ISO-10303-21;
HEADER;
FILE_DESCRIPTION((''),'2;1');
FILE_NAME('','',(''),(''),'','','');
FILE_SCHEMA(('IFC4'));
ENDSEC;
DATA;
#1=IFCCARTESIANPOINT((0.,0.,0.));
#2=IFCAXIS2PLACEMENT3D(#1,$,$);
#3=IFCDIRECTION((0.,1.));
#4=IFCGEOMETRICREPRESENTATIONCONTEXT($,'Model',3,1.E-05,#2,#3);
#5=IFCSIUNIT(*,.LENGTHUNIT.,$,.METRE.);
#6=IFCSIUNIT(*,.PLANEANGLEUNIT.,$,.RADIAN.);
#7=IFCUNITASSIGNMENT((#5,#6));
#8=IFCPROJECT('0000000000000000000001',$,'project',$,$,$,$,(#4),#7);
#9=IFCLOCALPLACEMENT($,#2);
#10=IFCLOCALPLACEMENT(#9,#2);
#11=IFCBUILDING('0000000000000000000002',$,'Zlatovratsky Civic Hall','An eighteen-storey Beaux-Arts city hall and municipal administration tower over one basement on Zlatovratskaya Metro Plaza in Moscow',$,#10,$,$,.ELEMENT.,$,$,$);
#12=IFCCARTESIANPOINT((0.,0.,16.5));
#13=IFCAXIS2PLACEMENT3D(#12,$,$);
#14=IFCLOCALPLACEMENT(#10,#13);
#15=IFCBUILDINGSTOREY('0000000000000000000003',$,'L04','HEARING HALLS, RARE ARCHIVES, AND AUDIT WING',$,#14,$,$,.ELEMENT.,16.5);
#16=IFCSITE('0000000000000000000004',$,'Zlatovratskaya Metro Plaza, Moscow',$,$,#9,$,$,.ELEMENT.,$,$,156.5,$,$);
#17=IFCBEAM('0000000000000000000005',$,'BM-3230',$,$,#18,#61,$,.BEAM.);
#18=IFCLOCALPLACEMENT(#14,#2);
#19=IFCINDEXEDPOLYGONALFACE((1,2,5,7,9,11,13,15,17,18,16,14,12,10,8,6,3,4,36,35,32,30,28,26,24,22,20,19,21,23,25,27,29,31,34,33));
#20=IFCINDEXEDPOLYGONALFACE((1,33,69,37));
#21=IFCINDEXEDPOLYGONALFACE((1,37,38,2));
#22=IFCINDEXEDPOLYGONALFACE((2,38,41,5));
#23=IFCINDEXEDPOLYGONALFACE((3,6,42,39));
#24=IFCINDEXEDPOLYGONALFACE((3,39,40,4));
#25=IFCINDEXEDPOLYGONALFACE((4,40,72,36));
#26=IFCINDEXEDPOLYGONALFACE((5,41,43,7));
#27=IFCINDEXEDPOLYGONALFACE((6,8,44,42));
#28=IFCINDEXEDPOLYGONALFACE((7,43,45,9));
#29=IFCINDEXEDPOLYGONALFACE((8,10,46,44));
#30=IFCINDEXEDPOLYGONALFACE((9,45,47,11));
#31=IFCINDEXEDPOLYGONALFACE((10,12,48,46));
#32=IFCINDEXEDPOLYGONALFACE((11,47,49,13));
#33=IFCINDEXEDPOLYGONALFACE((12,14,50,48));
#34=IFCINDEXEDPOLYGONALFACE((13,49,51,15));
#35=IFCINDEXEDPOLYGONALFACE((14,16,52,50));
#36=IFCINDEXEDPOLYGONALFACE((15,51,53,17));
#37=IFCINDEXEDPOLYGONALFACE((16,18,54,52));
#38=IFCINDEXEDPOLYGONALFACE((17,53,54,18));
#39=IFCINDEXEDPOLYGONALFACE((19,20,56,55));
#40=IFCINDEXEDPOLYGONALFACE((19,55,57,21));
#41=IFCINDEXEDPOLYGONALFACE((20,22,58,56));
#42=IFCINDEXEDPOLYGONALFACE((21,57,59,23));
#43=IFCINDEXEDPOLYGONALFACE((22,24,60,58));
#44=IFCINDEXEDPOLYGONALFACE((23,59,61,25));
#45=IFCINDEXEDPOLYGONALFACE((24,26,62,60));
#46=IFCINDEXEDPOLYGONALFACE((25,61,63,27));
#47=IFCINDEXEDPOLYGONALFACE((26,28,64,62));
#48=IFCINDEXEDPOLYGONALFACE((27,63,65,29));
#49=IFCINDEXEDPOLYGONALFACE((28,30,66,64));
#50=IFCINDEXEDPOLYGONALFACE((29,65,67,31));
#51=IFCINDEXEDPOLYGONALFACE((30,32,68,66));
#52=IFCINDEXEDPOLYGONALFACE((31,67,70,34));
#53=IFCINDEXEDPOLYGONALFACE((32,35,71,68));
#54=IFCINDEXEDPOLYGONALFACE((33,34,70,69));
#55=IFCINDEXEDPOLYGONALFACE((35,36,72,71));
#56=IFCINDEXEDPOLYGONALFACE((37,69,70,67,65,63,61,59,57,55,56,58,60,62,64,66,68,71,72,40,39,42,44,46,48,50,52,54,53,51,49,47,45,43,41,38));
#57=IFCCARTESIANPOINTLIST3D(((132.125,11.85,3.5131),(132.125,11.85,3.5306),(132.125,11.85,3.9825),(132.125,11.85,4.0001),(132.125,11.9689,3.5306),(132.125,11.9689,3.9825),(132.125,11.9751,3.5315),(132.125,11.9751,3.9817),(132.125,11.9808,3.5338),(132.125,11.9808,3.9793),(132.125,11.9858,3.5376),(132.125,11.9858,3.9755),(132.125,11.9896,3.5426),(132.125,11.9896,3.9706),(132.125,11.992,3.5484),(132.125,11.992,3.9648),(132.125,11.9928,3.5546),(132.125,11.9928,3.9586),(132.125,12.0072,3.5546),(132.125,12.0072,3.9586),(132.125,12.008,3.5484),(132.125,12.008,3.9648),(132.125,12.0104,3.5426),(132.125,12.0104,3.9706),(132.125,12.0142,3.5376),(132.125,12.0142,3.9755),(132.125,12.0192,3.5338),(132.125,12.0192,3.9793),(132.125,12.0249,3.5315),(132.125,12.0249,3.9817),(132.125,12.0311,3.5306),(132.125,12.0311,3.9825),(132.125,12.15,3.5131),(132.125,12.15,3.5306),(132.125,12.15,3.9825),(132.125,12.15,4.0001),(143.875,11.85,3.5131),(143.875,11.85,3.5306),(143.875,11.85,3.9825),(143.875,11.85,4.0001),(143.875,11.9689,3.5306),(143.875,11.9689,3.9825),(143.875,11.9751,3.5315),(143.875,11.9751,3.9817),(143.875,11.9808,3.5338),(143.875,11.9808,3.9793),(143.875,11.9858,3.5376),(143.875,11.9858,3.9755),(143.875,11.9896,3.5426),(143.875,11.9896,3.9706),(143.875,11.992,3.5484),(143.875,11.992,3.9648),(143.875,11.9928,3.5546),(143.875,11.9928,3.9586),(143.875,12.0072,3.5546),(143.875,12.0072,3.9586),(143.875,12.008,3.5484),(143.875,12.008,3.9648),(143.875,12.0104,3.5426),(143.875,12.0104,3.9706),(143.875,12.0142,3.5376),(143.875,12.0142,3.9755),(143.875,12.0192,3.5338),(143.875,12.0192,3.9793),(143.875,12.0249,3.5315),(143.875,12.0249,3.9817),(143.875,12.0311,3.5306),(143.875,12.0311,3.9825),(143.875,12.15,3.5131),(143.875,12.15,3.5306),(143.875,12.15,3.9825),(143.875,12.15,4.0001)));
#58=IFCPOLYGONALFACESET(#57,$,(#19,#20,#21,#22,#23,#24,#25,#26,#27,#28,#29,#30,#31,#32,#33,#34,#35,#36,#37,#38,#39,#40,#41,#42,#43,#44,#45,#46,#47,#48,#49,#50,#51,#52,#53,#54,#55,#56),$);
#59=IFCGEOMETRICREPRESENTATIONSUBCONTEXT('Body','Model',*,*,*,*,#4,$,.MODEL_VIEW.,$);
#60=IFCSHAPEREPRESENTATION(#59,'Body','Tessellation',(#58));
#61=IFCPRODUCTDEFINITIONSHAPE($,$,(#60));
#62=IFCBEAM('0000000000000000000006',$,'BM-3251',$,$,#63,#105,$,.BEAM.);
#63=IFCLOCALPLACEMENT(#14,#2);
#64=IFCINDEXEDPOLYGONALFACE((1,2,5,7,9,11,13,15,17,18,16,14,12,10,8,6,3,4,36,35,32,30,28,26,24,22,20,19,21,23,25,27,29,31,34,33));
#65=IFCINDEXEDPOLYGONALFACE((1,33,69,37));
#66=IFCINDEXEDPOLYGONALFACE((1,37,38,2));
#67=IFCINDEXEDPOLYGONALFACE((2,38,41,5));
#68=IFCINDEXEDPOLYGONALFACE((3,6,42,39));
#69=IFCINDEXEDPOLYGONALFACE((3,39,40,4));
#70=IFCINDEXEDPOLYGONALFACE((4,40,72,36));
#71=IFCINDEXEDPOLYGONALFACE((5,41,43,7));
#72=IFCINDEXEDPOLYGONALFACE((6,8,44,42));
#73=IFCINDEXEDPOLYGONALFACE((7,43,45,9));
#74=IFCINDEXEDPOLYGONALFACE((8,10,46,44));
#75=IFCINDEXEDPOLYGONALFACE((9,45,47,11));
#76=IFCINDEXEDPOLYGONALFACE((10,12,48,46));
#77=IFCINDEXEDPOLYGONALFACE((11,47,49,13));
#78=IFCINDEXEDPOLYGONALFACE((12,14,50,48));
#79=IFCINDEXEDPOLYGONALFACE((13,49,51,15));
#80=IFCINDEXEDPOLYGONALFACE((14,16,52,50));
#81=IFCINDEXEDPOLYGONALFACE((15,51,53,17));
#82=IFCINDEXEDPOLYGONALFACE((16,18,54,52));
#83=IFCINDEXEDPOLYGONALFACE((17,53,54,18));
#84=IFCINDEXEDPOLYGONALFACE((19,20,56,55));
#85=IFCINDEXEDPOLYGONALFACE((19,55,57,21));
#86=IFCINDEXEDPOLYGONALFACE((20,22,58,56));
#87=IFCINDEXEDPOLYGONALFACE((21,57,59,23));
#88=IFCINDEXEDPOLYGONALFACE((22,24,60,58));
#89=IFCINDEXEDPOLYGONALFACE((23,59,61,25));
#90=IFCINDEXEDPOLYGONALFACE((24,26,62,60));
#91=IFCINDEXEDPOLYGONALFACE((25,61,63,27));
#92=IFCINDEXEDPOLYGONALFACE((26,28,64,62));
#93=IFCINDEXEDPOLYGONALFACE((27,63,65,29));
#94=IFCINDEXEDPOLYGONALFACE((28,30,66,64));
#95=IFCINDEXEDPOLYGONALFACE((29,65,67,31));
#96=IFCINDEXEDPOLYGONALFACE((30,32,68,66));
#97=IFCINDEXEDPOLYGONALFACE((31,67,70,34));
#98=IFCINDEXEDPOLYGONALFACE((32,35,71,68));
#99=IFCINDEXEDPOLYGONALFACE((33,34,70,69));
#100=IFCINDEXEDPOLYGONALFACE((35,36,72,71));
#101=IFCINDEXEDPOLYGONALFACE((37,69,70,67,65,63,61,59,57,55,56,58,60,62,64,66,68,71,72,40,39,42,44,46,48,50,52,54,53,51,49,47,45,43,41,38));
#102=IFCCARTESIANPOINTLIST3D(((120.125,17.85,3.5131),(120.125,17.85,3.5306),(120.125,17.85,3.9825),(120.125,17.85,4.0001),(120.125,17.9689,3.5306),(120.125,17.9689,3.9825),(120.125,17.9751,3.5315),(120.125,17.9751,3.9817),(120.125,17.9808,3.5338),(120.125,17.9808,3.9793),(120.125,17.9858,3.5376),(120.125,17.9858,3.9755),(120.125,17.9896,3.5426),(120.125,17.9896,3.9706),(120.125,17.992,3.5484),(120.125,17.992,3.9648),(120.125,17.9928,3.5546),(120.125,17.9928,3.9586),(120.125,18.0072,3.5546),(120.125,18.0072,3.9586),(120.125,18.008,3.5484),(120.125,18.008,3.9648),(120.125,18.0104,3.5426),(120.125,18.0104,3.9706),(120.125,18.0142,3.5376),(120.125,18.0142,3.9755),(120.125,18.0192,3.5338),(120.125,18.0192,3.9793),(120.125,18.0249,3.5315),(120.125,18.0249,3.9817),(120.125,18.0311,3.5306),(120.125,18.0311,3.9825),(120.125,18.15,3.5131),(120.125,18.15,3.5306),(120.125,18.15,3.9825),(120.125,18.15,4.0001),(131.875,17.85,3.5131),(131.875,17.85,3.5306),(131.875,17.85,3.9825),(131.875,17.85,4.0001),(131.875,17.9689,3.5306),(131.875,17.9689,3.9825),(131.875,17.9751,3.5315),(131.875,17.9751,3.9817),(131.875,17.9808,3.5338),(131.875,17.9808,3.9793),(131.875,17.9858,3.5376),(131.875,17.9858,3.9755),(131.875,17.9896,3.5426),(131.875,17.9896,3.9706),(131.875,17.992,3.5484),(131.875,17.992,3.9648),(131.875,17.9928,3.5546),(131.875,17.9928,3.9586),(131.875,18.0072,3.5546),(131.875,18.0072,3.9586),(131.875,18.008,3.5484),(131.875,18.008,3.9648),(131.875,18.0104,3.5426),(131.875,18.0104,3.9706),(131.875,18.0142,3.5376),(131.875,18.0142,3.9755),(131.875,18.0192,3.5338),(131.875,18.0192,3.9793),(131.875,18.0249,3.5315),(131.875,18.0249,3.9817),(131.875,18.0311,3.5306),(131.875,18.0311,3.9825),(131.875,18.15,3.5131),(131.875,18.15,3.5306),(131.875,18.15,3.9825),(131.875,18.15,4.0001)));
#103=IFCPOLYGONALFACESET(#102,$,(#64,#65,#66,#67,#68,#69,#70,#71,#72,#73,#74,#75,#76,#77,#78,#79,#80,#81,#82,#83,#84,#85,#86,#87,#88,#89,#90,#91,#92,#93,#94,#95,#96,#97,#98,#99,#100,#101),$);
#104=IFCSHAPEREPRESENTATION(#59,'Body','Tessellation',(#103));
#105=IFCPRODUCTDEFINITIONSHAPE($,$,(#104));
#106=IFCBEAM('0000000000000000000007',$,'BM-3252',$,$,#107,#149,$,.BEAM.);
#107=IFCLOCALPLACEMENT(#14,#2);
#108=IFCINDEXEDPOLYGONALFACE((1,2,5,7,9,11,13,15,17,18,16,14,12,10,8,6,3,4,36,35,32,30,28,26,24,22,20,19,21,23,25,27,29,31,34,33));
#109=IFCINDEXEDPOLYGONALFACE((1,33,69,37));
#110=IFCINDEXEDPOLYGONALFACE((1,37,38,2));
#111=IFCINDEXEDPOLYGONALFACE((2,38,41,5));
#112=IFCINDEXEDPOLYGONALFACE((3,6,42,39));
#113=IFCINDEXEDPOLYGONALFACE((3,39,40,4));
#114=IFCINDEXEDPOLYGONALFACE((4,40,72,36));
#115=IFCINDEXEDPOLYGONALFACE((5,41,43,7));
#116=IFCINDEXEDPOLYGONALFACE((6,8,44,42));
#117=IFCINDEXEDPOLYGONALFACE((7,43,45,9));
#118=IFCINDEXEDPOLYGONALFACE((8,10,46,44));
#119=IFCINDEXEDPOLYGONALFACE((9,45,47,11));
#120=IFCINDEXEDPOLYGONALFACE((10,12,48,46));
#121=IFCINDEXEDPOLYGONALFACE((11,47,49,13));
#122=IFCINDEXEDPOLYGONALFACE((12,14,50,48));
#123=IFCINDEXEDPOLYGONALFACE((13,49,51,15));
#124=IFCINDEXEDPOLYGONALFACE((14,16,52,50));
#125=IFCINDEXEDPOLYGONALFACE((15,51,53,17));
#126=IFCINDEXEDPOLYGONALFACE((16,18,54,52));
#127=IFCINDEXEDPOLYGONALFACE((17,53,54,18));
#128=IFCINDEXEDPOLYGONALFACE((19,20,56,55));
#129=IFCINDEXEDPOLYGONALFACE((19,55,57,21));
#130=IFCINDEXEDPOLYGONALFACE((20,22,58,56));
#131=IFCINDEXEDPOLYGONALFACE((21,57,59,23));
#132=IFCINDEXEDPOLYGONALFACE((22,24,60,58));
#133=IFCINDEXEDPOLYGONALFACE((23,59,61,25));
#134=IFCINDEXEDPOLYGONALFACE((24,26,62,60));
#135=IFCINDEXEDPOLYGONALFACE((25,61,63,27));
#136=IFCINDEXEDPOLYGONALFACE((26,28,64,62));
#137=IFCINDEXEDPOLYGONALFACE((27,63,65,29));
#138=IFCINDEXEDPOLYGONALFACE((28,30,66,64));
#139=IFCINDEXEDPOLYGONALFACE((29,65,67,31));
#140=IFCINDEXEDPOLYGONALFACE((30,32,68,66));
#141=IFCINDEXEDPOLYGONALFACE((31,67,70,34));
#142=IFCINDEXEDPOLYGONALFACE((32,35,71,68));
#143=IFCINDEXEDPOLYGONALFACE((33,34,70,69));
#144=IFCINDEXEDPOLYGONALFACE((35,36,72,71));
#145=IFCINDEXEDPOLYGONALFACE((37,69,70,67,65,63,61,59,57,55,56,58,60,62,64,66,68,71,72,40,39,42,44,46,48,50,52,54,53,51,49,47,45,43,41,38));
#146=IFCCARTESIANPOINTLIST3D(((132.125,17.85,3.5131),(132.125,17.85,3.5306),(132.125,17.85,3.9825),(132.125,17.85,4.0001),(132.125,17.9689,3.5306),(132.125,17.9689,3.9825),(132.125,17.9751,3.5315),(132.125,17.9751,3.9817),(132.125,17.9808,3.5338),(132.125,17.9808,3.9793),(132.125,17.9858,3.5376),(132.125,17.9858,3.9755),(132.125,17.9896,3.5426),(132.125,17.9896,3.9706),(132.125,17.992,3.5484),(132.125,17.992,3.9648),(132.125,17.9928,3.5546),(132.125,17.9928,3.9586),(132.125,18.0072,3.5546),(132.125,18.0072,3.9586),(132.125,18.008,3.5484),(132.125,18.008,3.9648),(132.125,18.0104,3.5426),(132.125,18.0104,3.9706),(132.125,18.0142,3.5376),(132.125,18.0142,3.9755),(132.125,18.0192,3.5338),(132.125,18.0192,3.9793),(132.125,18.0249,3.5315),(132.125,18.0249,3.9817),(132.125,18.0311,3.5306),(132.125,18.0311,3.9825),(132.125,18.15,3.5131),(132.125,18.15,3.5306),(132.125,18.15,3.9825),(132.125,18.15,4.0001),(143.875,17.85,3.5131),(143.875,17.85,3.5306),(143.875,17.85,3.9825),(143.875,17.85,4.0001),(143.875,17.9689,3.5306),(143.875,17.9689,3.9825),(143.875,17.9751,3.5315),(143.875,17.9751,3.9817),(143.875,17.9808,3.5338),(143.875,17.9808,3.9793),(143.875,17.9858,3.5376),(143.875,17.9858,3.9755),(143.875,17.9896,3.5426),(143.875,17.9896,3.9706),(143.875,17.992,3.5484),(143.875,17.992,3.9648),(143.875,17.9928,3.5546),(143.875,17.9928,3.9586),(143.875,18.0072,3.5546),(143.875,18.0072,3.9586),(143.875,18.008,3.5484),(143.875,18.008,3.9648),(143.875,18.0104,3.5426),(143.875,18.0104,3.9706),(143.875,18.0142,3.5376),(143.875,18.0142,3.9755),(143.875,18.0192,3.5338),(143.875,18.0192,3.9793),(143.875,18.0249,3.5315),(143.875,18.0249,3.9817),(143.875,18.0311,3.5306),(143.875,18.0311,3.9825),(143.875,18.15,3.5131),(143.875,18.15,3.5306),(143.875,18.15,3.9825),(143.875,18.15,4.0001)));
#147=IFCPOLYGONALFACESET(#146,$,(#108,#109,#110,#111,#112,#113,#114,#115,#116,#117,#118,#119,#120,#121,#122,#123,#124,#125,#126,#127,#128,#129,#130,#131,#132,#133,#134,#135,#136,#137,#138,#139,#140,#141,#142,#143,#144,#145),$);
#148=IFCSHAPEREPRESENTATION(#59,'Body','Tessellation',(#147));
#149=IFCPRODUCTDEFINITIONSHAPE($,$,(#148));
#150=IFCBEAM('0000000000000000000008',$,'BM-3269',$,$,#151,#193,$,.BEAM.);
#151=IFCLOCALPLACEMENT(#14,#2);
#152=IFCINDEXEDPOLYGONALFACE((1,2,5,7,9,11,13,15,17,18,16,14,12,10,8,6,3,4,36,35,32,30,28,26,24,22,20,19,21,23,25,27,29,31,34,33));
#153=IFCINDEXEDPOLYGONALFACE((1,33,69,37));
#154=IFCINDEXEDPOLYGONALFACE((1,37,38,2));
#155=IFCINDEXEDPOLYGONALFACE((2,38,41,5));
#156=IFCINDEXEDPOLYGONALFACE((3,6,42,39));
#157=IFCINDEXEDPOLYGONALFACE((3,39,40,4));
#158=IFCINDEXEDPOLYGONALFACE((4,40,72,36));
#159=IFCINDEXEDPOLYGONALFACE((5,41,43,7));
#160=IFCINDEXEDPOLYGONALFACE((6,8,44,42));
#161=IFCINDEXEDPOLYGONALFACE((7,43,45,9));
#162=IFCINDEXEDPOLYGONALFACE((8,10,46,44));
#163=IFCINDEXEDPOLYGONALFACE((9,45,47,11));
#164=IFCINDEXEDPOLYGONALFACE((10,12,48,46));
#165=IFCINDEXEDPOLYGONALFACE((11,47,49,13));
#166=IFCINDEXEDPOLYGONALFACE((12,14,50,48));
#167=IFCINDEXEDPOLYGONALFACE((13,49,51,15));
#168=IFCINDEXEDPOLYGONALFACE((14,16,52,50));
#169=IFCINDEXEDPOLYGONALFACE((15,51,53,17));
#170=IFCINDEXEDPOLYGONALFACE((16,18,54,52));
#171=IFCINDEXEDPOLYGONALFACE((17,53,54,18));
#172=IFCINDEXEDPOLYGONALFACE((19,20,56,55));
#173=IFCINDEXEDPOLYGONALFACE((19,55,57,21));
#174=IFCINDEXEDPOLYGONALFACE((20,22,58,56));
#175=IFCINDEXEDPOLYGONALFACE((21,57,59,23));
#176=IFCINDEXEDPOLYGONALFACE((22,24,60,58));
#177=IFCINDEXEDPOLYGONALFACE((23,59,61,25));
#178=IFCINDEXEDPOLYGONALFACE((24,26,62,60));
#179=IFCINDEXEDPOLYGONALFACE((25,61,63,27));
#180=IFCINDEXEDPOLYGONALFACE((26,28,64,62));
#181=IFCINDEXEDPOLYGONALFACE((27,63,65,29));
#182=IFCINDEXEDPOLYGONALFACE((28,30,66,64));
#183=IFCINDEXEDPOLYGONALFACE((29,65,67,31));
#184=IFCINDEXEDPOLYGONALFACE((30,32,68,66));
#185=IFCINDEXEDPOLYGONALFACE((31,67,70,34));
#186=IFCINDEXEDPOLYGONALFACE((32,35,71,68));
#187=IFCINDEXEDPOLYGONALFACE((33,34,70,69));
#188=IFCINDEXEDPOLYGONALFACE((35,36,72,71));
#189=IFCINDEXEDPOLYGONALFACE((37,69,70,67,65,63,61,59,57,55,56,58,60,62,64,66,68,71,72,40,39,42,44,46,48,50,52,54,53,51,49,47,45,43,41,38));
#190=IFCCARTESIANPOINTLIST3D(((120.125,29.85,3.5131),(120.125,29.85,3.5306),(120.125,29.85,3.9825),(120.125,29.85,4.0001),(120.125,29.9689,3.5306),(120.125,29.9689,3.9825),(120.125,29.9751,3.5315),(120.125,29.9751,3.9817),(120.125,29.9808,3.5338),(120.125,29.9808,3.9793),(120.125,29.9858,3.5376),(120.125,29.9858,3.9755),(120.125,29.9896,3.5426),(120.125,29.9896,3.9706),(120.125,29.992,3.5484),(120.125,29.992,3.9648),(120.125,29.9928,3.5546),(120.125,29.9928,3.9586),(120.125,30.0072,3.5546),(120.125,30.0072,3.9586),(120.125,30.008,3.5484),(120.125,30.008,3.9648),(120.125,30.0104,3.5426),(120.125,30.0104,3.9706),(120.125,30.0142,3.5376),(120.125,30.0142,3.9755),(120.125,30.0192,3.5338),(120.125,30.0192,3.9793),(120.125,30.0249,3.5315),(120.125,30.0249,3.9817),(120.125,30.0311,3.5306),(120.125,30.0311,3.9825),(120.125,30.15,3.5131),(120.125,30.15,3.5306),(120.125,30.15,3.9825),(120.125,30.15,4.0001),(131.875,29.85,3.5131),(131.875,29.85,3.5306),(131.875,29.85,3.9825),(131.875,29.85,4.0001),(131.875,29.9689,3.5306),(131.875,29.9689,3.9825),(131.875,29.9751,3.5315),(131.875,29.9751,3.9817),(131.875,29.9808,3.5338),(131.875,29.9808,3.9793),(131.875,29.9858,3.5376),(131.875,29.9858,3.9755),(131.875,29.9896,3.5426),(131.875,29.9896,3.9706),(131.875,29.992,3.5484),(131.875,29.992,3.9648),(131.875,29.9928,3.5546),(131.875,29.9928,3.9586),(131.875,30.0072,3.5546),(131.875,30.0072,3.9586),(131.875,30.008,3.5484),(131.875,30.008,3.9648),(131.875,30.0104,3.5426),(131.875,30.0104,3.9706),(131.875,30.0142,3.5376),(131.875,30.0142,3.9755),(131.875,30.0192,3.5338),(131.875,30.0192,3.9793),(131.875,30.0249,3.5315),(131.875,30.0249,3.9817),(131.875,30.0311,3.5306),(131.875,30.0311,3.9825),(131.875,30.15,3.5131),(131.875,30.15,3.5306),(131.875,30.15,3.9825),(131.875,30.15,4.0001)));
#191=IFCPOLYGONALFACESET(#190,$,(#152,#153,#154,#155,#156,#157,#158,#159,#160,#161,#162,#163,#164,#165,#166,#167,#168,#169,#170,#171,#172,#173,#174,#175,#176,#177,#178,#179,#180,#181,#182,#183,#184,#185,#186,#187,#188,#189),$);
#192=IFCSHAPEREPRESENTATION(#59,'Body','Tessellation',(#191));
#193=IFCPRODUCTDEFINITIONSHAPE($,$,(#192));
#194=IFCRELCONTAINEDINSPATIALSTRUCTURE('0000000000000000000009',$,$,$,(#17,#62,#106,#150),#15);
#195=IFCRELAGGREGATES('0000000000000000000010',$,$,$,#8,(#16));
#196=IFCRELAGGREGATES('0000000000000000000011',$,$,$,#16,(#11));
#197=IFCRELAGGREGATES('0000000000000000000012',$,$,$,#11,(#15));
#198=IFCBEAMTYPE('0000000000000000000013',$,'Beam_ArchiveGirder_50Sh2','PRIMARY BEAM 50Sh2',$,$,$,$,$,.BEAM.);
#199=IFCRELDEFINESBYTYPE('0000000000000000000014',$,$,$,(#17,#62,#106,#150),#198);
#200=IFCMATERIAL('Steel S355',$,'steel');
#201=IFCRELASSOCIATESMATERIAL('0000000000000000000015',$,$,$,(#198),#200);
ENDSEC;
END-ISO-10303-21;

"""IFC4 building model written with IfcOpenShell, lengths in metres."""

from ifc_helpers import new_model, si_unit, direction, frame, origin, origin_2d, place, context, subcontext, project, spatial, i_section, extrude, material, material_profile, profile_set, type_object, element, save


model = new_model("IFC4")

# Units and contexts
model_context = context("Model", 3, precision=1e-05, world=origin(), true_north=direction((0.0, 1.0)))
body_context = subcontext(model_context, "Body", "Model", "MODEL_VIEW")
ifc_project = project(units=[si_unit("LENGTHUNIT", "METRE"), si_unit("PLANEANGLEUNIT", "RADIAN")], contexts=[model_context])

# Site, building, storey
site_placement = place(None, origin())
site = spatial("IfcSite", under=ifc_project, at=site_placement, Name="Zlatovratskaya Metro Plaza, Moscow", CompositionType="ELEMENT", RefElevation=156.5)
building_placement = place(site_placement, origin())
building = spatial("IfcBuilding", under=site, at=building_placement, Name="Zlatovratsky Civic Hall", Description="An eighteen-storey Beaux-Arts city hall and municipal administration tower over one basement on Zlatovratskaya Metro Plaza in Moscow", CompositionType="ELEMENT")
storey_placement = place(building_placement, frame((0.0, 0.0, 16.5)))
storey = spatial("IfcBuildingStorey", under=building, at=storey_placement, Name="L04", Description="HEARING HALLS, RARE ARCHIVES, AND AUDIT WING", CompositionType="ELEMENT", Elevation=16.5)

# Shared definitions
ifc_material_1 = material(Name="Steel S355", Category="steel")

# Beams
ifc_material_profile_1 = material_profile(ifc_material_1, i_section(OverallWidth=0.3, OverallDepth=0.4871, WebThickness=0.0144, FlangeThickness=0.0176, FilletRadius=0.0239, at=origin_2d()), Name="50Sh2")
ifc_profile_set_1 = profile_set([ifc_material_profile_1], Name="Steel S355")
beam_type_1 = type_object("IfcBeamType", Name="Beam_ArchiveGirder_50Sh2", Description="PRIMARY BEAM 50Sh2", PredefinedType="BEAM", material=ifc_profile_set_1)
for number, where, z_axis, x_axis, name in (
    (1, (132.125, 12.0, 3.7566), (1.0, 0.0, 0.0), (0.0, 1.0, 0.0), "BM-3230"),
    (2, (120.125, 18.0, 3.7566), (1.0, 0.0, 0.0), (0.0, 1.0, 0.0), "BM-3251"),
    (3, (132.125, 18.0, 3.7566), (1.0, 0.0, 0.0), (0.0, 1.0, 0.0), "BM-3252"),
    (4, (120.125, 30.0, 3.7566), (1.0, 0.0, 0.0), (0.0, 1.0, 0.0), "BM-3269"),
):
    element("IfcBeam", number, at=place(storey_placement, frame(where, z_axis=z_axis, x_axis=x_axis)), inside=storey, type_object=beam_type_1, Name=name, PredefinedType="BEAM", context=body_context, shape_type="SweptSolid", body=[
        extrude(i_section(OverallWidth=0.3, OverallDepth=0.4871, WebThickness=0.0144, FlangeThickness=0.0176, FilletRadius=0.0239, at=origin_2d()), origin(), (0.0, 0.0, 1.0), 11.75),
    ])

save(model, "model.ifc")
